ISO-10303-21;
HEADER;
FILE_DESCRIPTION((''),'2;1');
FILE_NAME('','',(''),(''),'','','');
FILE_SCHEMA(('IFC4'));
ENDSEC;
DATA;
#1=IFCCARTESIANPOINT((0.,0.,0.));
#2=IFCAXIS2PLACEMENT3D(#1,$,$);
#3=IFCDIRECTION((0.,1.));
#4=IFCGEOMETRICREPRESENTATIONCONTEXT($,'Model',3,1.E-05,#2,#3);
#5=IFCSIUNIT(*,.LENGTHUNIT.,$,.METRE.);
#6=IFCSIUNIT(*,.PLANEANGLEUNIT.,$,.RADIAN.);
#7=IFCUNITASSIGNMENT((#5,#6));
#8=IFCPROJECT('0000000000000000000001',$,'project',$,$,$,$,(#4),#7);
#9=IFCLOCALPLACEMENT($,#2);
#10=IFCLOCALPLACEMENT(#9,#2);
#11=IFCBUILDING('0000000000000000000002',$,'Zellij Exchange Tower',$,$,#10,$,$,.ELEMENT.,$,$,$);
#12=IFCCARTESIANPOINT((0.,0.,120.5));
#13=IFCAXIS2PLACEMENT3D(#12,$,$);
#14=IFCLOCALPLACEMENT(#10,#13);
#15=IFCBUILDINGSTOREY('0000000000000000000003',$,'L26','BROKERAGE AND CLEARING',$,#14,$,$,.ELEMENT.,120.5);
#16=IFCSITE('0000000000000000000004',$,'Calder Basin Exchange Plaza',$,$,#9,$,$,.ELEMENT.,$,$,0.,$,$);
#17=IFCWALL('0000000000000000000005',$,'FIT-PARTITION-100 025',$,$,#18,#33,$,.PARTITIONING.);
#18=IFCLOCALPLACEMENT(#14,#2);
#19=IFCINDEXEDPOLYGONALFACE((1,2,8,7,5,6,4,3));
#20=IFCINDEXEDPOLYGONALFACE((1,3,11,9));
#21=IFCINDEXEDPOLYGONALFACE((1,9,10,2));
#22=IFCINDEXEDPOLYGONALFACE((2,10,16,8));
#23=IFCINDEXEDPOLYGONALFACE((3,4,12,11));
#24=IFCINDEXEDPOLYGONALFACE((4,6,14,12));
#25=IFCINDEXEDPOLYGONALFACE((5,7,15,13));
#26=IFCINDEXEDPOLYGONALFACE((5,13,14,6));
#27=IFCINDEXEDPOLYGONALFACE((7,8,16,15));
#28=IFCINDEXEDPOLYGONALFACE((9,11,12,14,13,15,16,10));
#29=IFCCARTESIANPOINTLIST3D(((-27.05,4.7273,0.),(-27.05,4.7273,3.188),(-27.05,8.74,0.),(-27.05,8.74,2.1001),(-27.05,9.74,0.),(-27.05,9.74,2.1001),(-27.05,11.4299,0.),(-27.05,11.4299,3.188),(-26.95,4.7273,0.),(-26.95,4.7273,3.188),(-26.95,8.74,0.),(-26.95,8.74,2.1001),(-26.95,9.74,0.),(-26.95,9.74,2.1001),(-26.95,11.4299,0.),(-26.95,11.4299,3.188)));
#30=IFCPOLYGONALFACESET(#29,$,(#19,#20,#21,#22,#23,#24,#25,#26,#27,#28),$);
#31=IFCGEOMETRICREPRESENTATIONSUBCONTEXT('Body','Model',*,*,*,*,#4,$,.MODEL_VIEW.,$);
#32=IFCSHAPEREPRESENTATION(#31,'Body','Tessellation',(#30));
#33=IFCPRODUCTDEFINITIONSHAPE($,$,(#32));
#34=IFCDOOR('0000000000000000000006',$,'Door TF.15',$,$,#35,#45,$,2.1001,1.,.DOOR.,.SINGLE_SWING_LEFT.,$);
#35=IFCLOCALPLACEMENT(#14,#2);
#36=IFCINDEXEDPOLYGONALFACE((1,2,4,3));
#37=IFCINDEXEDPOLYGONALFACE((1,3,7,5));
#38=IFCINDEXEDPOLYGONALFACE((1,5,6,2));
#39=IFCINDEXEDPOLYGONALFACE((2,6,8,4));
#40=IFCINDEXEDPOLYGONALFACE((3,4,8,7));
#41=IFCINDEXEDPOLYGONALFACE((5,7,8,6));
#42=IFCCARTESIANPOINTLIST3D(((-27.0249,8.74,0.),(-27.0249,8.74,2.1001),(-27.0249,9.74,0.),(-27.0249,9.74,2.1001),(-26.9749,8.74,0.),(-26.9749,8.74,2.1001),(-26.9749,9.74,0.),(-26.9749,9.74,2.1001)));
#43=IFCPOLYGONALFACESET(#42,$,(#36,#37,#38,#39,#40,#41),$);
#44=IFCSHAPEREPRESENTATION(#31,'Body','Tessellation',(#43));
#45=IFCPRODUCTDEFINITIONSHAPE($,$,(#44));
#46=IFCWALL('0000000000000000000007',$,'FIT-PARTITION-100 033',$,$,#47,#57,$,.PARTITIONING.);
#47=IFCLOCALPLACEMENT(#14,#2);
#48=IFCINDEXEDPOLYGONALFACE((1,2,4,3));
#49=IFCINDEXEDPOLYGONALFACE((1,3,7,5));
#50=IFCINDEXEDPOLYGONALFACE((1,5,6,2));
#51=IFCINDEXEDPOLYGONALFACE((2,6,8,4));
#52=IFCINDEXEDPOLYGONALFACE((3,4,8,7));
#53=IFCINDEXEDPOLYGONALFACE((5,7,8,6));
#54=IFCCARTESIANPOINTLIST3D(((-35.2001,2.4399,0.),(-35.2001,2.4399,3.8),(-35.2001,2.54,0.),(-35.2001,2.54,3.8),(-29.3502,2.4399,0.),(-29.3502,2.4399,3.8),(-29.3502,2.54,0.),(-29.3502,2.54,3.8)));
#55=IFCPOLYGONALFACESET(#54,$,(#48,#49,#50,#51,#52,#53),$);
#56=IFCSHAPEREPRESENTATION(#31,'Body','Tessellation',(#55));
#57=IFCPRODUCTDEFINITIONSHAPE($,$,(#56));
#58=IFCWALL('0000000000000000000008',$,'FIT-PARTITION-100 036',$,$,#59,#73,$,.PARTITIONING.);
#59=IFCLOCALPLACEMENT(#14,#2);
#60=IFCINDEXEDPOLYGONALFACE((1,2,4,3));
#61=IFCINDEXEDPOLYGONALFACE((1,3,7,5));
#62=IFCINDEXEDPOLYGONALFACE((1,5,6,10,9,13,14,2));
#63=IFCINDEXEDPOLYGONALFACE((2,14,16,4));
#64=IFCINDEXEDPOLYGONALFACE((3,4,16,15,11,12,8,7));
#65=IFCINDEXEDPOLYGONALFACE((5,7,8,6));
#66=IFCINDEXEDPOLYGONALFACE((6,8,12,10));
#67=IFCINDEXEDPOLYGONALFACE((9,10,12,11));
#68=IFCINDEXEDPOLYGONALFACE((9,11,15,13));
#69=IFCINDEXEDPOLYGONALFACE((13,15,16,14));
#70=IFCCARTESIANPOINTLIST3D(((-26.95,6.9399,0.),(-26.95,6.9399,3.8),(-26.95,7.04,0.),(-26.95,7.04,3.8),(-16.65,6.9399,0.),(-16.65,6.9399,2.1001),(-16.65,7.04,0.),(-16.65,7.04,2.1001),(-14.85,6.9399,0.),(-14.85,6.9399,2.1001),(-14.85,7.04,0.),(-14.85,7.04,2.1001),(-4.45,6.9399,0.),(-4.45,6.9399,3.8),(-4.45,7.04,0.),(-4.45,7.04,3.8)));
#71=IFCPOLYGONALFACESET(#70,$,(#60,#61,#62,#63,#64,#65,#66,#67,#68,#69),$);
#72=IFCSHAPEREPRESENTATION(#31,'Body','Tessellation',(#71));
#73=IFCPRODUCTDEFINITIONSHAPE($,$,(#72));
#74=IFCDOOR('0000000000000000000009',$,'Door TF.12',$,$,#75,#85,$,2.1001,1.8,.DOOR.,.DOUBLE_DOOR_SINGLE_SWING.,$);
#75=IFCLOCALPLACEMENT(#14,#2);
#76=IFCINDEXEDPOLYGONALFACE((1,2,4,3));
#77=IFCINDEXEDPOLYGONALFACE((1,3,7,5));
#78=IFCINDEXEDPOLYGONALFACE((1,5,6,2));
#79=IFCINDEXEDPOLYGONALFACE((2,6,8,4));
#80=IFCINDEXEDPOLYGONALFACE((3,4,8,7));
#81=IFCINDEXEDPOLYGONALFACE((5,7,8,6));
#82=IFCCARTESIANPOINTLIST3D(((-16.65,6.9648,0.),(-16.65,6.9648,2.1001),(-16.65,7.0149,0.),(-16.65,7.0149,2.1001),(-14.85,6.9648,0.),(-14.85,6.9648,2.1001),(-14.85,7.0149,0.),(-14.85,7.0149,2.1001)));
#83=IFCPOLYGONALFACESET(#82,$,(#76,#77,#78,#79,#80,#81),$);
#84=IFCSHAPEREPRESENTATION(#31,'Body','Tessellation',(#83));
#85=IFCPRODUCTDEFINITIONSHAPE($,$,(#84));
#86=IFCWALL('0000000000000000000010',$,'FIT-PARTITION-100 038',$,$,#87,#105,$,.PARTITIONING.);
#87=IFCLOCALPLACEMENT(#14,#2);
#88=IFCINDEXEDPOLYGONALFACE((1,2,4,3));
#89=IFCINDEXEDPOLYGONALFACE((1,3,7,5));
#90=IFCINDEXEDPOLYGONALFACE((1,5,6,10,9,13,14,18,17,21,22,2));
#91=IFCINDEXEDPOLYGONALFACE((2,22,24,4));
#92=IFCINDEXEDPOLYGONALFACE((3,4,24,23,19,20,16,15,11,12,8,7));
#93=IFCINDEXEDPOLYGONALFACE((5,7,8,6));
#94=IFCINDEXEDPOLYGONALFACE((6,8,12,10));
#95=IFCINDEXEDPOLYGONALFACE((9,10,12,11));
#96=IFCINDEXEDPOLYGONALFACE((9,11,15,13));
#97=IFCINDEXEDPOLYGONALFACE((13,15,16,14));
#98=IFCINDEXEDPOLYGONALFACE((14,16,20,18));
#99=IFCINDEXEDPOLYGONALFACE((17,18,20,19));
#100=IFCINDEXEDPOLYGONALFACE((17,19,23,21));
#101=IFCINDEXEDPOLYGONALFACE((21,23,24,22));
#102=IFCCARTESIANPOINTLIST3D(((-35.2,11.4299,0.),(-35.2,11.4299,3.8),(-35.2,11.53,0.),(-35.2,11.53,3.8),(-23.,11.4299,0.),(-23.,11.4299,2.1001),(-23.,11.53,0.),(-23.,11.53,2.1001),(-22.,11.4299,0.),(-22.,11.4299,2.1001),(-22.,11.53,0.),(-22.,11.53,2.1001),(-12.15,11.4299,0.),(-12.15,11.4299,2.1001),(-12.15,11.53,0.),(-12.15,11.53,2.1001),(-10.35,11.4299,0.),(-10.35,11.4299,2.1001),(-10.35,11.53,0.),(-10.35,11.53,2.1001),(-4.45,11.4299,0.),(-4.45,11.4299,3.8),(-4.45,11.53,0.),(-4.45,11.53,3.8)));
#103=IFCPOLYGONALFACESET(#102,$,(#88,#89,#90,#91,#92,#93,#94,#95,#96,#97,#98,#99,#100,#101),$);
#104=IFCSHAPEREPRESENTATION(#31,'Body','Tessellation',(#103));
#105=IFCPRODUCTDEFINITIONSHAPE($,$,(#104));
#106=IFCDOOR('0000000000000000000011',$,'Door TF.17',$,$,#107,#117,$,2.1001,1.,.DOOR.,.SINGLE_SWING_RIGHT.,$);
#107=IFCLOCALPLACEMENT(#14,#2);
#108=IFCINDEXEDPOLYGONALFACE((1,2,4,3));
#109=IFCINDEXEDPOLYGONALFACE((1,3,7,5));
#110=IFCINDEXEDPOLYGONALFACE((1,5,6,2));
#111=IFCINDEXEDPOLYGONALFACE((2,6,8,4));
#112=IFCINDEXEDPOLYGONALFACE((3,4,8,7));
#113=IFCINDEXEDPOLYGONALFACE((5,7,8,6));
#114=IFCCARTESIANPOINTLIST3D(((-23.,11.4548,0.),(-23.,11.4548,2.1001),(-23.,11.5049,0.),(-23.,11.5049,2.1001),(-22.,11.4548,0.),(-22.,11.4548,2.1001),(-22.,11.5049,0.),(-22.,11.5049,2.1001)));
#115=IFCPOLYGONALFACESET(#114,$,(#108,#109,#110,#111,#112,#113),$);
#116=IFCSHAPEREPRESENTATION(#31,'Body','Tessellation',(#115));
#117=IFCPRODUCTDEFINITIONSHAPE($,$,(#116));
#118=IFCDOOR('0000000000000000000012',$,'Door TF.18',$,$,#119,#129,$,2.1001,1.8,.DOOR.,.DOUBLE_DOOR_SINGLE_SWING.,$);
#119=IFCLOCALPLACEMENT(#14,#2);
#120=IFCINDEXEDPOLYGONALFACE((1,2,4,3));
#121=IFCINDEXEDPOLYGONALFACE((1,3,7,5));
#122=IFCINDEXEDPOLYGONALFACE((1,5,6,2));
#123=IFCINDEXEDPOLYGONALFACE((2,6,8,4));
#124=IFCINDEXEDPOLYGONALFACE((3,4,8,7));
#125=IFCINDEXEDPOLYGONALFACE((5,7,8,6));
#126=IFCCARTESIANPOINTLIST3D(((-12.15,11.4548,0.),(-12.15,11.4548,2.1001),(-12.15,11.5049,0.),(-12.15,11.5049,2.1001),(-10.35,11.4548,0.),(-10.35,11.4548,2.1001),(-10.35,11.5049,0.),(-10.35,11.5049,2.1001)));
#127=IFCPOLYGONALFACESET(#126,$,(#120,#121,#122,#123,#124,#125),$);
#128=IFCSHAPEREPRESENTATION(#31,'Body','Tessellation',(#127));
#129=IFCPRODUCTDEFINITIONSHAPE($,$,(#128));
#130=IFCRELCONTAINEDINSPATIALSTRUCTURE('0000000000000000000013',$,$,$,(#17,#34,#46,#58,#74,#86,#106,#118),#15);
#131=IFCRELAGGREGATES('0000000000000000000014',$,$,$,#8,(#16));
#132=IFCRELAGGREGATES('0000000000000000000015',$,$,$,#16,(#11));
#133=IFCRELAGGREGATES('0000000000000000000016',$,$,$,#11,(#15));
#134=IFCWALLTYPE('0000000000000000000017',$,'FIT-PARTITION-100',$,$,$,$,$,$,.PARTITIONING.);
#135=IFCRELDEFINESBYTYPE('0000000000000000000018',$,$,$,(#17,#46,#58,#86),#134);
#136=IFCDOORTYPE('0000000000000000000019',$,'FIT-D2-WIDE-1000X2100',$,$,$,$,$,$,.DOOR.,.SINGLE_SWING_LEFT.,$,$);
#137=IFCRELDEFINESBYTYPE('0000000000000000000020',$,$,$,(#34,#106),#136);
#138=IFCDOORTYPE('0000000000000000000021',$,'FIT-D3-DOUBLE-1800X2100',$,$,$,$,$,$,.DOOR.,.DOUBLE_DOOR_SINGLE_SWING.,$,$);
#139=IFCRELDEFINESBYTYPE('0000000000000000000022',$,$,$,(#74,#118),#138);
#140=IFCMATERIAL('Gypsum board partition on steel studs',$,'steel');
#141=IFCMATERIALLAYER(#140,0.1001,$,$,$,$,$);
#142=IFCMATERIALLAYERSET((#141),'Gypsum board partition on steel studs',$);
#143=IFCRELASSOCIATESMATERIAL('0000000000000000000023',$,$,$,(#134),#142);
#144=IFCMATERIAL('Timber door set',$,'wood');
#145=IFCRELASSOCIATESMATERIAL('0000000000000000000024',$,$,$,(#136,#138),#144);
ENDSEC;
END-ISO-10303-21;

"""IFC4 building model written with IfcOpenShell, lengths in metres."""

from ifc_helpers import new_model, si_unit, direction, frame, frame_2d, origin, place, context, subcontext, project, spatial, rectangle, extrude, material, layer, layer_set, type_object, element, fill, save


model = new_model("IFC4")

# Units and contexts
model_context = context("Model", 3, precision=1e-05, world=origin(), true_north=direction((0.0, 1.0)))
body_context = subcontext(model_context, "Body", "Model", "MODEL_VIEW")
ifc_project = project(units=[si_unit("LENGTHUNIT", "METRE"), si_unit("PLANEANGLEUNIT", "RADIAN")], contexts=[model_context])

# Site, building, storey
site_placement = place(None, origin())
site = spatial("IfcSite", under=ifc_project, at=site_placement, Name="Calder Basin Exchange Plaza", CompositionType="ELEMENT", RefElevation=0.0)
building_placement = place(site_placement, origin())
building = spatial("IfcBuilding", under=site, at=building_placement, Name="Zellij Exchange Tower", CompositionType="ELEMENT")
storey_placement = place(building_placement, frame((0.0, 0.0, 120.5)))
storey = spatial("IfcBuildingStorey", under=building, at=storey_placement, Name="L26", Description="BROKERAGE AND CLEARING", CompositionType="ELEMENT", Elevation=120.5)

# Shared definitions
ifc_material_1 = material(Name="Gypsum board partition on steel studs", Category="steel")
ifc_layer_1 = layer(ifc_material_1, 0.1001)
ifc_layer_set_1 = layer_set([ifc_layer_1], Name="Gypsum board partition on steel studs")
wall_type_1 = type_object("IfcWallType", Name="FIT-PARTITION-100", PredefinedType="PARTITIONING", material=ifc_layer_set_1)

# Wall, opening, door
wall_1_placement = place(storey_placement, frame((-27.0, 4.7273, 0.0), z_axis=(0.0, 0.0, 1.0), x_axis=(0.0, 1.0, 0.0)))
wall_1 = element("IfcWall", 1, at=wall_1_placement, inside=storey, type_object=wall_type_1, Name="FIT-PARTITION-100 025", PredefinedType="PARTITIONING", context=body_context, shape_type="SweptSolid", body=[
    extrude(rectangle(XDim=6.7026, YDim=0.1001, at=frame_2d((3.3513, 0.0))), origin(), (0.0, 0.0, 1.0), 3.188),
])
opening_1_placement = place(wall_1_placement, frame((4.0127, 0.0, 0.0)))
opening_1 = element("IfcOpeningElement", 2, at=opening_1_placement, cuts=wall_1, PredefinedType="OPENING", context=body_context, shape_type="SweptSolid", body=[
    extrude(rectangle(XDim=1.0, YDim=2.1001, at=frame_2d((0.5, 1.05))), frame((0.0, 0.062, 0.0), z_axis=(0.0, -1.0, 0.0), x_axis=(1.0, 0.0, 0.0)), (0.0, 0.0, 1.0), 0.124),
])
ifc_material_2 = material(Name="Timber door set", Category="wood")
door_type_1 = type_object("IfcDoorType", Name="FIT-D2-WIDE-1000X2100", OperationType="SINGLE_SWING_LEFT", PredefinedType="DOOR", material=ifc_material_2)
door_1_placement = place(opening_1_placement, origin())
door_1 = element("IfcDoor", 3, at=door_1_placement, inside=storey, type_object=door_type_1, Name="Door TF.15", OperationType="SINGLE_SWING_LEFT", OverallHeight=2.1001, OverallWidth=1.0, PredefinedType="DOOR", context=body_context, shape_type="SweptSolid", body=[
    extrude(rectangle(XDim=1.0, YDim=2.1001, at=frame_2d((0.5, 1.05))), frame((0.0, 0.0249, 0.0), z_axis=(0.0, -1.0, 0.0), x_axis=(1.0, 0.0, 0.0)), (0.0, 0.0, 1.0), 0.05),
])
fill(opening_1, door_1)

# Wall
wall_2_placement = place(storey_placement, frame((-35.2, 2.49, 0.0), z_axis=(0.0, 0.0, 1.0), x_axis=(1.0, 0.0, 0.0)))
element("IfcWall", 4, at=wall_2_placement, inside=storey, type_object=wall_type_1, Name="FIT-PARTITION-100 033", PredefinedType="PARTITIONING", context=body_context, shape_type="SweptSolid", body=[
    extrude(rectangle(XDim=5.8499, YDim=0.1001, at=frame_2d((2.9248, 0.0))), origin(), (0.0, 0.0, 1.0), 3.8),
])

# Wall, opening, door
wall_3_placement = place(storey_placement, frame((-26.95, 6.99, 0.0), z_axis=(0.0, 0.0, 1.0), x_axis=(1.0, 0.0, 0.0)))
wall_3 = element("IfcWall", 5, at=wall_3_placement, inside=storey, type_object=wall_type_1, Name="FIT-PARTITION-100 036", PredefinedType="PARTITIONING", context=body_context, shape_type="SweptSolid", body=[
    extrude(rectangle(XDim=22.5, YDim=0.1001, at=frame_2d((11.25, 0.0))), origin(), (0.0, 0.0, 1.0), 3.8),
])
opening_2_placement = place(wall_3_placement, frame((10.3, 0.0, 0.0)))
opening_2 = element("IfcOpeningElement", 6, at=opening_2_placement, cuts=wall_3, PredefinedType="OPENING", context=body_context, shape_type="SweptSolid", body=[
    extrude(rectangle(XDim=1.8, YDim=2.1001, at=frame_2d((0.8999, 1.05))), frame((0.0, 0.062, 0.0), z_axis=(0.0, -1.0, 0.0), x_axis=(1.0, 0.0, 0.0)), (0.0, 0.0, 1.0), 0.124),
])
door_type_2 = type_object("IfcDoorType", Name="FIT-D3-DOUBLE-1800X2100", OperationType="DOUBLE_DOOR_SINGLE_SWING", PredefinedType="DOOR", material=ifc_material_2)
door_2_placement = place(opening_2_placement, origin())
door_2 = element("IfcDoor", 7, at=door_2_placement, inside=storey, type_object=door_type_2, Name="Door TF.12", OperationType="DOUBLE_DOOR_SINGLE_SWING", OverallHeight=2.1001, OverallWidth=1.8, PredefinedType="DOOR", context=body_context, shape_type="SweptSolid", body=[
    extrude(rectangle(XDim=1.8, YDim=2.1001, at=frame_2d((0.8999, 1.05))), frame((0.0, 0.0249, 0.0), z_axis=(0.0, -1.0, 0.0), x_axis=(1.0, 0.0, 0.0)), (0.0, 0.0, 1.0), 0.05),
])
fill(opening_2, door_2)

# Wall, openings, doors
wall_4_placement = place(storey_placement, frame((-35.2, 11.48, 0.0), z_axis=(0.0, 0.0, 1.0), x_axis=(1.0, 0.0, 0.0)))
wall_4 = element("IfcWall", 8, at=wall_4_placement, inside=storey, type_object=wall_type_1, Name="FIT-PARTITION-100 038", PredefinedType="PARTITIONING", context=body_context, shape_type="SweptSolid", body=[
    extrude(rectangle(XDim=30.75, YDim=0.1001, at=frame_2d((15.375, 0.0))), origin(), (0.0, 0.0, 1.0), 3.8),
])
opening_3_placement = place(wall_4_placement, frame((12.2, 0.0, 0.0)))
opening_3 = element("IfcOpeningElement", 9, at=opening_3_placement, cuts=wall_4, PredefinedType="OPENING", context=body_context, shape_type="SweptSolid", body=[
    extrude(rectangle(XDim=1.0, YDim=2.1001, at=frame_2d((0.5, 1.05))), frame((0.0, 0.062, 0.0), z_axis=(0.0, -1.0, 0.0), x_axis=(1.0, 0.0, 0.0)), (0.0, 0.0, 1.0), 0.124),
])
opening_4_placement = place(wall_4_placement, frame((23.05, 0.0, 0.0)))
opening_4 = element("IfcOpeningElement", 10, at=opening_4_placement, cuts=wall_4, PredefinedType="OPENING", context=body_context, shape_type="SweptSolid", body=[
    extrude(rectangle(XDim=1.8, YDim=2.1001, at=frame_2d((0.8999, 1.05))), frame((0.0, 0.062, 0.0), z_axis=(0.0, -1.0, 0.0), x_axis=(1.0, 0.0, 0.0)), (0.0, 0.0, 1.0), 0.124),
])
door_3_placement = place(opening_3_placement, origin())
door_3 = element("IfcDoor", 11, at=door_3_placement, inside=storey, type_object=door_type_1, Name="Door TF.17", OperationType="SINGLE_SWING_RIGHT", OverallHeight=2.1001, OverallWidth=1.0, PredefinedType="DOOR", context=body_context, shape_type="SweptSolid", body=[
    extrude(rectangle(XDim=1.0, YDim=2.1001, at=frame_2d((0.5, 1.05))), frame((0.0, 0.0249, 0.0), z_axis=(0.0, -1.0, 0.0), x_axis=(1.0, 0.0, 0.0)), (0.0, 0.0, 1.0), 0.05),
])
fill(opening_3, door_3)
door_4_placement = place(opening_4_placement, origin())
door_4 = element("IfcDoor", 12, at=door_4_placement, inside=storey, type_object=door_type_2, Name="Door TF.18", OperationType="DOUBLE_DOOR_SINGLE_SWING", OverallHeight=2.1001, OverallWidth=1.8, PredefinedType="DOOR", context=body_context, shape_type="SweptSolid", body=[
    extrude(rectangle(XDim=1.8, YDim=2.1001, at=frame_2d((0.8999, 1.05))), frame((0.0, 0.0249, 0.0), z_axis=(0.0, -1.0, 0.0), x_axis=(1.0, 0.0, 0.0)), (0.0, 0.0, 1.0), 0.05),
])
fill(opening_4, door_4)

save(model, "model.ifc")
